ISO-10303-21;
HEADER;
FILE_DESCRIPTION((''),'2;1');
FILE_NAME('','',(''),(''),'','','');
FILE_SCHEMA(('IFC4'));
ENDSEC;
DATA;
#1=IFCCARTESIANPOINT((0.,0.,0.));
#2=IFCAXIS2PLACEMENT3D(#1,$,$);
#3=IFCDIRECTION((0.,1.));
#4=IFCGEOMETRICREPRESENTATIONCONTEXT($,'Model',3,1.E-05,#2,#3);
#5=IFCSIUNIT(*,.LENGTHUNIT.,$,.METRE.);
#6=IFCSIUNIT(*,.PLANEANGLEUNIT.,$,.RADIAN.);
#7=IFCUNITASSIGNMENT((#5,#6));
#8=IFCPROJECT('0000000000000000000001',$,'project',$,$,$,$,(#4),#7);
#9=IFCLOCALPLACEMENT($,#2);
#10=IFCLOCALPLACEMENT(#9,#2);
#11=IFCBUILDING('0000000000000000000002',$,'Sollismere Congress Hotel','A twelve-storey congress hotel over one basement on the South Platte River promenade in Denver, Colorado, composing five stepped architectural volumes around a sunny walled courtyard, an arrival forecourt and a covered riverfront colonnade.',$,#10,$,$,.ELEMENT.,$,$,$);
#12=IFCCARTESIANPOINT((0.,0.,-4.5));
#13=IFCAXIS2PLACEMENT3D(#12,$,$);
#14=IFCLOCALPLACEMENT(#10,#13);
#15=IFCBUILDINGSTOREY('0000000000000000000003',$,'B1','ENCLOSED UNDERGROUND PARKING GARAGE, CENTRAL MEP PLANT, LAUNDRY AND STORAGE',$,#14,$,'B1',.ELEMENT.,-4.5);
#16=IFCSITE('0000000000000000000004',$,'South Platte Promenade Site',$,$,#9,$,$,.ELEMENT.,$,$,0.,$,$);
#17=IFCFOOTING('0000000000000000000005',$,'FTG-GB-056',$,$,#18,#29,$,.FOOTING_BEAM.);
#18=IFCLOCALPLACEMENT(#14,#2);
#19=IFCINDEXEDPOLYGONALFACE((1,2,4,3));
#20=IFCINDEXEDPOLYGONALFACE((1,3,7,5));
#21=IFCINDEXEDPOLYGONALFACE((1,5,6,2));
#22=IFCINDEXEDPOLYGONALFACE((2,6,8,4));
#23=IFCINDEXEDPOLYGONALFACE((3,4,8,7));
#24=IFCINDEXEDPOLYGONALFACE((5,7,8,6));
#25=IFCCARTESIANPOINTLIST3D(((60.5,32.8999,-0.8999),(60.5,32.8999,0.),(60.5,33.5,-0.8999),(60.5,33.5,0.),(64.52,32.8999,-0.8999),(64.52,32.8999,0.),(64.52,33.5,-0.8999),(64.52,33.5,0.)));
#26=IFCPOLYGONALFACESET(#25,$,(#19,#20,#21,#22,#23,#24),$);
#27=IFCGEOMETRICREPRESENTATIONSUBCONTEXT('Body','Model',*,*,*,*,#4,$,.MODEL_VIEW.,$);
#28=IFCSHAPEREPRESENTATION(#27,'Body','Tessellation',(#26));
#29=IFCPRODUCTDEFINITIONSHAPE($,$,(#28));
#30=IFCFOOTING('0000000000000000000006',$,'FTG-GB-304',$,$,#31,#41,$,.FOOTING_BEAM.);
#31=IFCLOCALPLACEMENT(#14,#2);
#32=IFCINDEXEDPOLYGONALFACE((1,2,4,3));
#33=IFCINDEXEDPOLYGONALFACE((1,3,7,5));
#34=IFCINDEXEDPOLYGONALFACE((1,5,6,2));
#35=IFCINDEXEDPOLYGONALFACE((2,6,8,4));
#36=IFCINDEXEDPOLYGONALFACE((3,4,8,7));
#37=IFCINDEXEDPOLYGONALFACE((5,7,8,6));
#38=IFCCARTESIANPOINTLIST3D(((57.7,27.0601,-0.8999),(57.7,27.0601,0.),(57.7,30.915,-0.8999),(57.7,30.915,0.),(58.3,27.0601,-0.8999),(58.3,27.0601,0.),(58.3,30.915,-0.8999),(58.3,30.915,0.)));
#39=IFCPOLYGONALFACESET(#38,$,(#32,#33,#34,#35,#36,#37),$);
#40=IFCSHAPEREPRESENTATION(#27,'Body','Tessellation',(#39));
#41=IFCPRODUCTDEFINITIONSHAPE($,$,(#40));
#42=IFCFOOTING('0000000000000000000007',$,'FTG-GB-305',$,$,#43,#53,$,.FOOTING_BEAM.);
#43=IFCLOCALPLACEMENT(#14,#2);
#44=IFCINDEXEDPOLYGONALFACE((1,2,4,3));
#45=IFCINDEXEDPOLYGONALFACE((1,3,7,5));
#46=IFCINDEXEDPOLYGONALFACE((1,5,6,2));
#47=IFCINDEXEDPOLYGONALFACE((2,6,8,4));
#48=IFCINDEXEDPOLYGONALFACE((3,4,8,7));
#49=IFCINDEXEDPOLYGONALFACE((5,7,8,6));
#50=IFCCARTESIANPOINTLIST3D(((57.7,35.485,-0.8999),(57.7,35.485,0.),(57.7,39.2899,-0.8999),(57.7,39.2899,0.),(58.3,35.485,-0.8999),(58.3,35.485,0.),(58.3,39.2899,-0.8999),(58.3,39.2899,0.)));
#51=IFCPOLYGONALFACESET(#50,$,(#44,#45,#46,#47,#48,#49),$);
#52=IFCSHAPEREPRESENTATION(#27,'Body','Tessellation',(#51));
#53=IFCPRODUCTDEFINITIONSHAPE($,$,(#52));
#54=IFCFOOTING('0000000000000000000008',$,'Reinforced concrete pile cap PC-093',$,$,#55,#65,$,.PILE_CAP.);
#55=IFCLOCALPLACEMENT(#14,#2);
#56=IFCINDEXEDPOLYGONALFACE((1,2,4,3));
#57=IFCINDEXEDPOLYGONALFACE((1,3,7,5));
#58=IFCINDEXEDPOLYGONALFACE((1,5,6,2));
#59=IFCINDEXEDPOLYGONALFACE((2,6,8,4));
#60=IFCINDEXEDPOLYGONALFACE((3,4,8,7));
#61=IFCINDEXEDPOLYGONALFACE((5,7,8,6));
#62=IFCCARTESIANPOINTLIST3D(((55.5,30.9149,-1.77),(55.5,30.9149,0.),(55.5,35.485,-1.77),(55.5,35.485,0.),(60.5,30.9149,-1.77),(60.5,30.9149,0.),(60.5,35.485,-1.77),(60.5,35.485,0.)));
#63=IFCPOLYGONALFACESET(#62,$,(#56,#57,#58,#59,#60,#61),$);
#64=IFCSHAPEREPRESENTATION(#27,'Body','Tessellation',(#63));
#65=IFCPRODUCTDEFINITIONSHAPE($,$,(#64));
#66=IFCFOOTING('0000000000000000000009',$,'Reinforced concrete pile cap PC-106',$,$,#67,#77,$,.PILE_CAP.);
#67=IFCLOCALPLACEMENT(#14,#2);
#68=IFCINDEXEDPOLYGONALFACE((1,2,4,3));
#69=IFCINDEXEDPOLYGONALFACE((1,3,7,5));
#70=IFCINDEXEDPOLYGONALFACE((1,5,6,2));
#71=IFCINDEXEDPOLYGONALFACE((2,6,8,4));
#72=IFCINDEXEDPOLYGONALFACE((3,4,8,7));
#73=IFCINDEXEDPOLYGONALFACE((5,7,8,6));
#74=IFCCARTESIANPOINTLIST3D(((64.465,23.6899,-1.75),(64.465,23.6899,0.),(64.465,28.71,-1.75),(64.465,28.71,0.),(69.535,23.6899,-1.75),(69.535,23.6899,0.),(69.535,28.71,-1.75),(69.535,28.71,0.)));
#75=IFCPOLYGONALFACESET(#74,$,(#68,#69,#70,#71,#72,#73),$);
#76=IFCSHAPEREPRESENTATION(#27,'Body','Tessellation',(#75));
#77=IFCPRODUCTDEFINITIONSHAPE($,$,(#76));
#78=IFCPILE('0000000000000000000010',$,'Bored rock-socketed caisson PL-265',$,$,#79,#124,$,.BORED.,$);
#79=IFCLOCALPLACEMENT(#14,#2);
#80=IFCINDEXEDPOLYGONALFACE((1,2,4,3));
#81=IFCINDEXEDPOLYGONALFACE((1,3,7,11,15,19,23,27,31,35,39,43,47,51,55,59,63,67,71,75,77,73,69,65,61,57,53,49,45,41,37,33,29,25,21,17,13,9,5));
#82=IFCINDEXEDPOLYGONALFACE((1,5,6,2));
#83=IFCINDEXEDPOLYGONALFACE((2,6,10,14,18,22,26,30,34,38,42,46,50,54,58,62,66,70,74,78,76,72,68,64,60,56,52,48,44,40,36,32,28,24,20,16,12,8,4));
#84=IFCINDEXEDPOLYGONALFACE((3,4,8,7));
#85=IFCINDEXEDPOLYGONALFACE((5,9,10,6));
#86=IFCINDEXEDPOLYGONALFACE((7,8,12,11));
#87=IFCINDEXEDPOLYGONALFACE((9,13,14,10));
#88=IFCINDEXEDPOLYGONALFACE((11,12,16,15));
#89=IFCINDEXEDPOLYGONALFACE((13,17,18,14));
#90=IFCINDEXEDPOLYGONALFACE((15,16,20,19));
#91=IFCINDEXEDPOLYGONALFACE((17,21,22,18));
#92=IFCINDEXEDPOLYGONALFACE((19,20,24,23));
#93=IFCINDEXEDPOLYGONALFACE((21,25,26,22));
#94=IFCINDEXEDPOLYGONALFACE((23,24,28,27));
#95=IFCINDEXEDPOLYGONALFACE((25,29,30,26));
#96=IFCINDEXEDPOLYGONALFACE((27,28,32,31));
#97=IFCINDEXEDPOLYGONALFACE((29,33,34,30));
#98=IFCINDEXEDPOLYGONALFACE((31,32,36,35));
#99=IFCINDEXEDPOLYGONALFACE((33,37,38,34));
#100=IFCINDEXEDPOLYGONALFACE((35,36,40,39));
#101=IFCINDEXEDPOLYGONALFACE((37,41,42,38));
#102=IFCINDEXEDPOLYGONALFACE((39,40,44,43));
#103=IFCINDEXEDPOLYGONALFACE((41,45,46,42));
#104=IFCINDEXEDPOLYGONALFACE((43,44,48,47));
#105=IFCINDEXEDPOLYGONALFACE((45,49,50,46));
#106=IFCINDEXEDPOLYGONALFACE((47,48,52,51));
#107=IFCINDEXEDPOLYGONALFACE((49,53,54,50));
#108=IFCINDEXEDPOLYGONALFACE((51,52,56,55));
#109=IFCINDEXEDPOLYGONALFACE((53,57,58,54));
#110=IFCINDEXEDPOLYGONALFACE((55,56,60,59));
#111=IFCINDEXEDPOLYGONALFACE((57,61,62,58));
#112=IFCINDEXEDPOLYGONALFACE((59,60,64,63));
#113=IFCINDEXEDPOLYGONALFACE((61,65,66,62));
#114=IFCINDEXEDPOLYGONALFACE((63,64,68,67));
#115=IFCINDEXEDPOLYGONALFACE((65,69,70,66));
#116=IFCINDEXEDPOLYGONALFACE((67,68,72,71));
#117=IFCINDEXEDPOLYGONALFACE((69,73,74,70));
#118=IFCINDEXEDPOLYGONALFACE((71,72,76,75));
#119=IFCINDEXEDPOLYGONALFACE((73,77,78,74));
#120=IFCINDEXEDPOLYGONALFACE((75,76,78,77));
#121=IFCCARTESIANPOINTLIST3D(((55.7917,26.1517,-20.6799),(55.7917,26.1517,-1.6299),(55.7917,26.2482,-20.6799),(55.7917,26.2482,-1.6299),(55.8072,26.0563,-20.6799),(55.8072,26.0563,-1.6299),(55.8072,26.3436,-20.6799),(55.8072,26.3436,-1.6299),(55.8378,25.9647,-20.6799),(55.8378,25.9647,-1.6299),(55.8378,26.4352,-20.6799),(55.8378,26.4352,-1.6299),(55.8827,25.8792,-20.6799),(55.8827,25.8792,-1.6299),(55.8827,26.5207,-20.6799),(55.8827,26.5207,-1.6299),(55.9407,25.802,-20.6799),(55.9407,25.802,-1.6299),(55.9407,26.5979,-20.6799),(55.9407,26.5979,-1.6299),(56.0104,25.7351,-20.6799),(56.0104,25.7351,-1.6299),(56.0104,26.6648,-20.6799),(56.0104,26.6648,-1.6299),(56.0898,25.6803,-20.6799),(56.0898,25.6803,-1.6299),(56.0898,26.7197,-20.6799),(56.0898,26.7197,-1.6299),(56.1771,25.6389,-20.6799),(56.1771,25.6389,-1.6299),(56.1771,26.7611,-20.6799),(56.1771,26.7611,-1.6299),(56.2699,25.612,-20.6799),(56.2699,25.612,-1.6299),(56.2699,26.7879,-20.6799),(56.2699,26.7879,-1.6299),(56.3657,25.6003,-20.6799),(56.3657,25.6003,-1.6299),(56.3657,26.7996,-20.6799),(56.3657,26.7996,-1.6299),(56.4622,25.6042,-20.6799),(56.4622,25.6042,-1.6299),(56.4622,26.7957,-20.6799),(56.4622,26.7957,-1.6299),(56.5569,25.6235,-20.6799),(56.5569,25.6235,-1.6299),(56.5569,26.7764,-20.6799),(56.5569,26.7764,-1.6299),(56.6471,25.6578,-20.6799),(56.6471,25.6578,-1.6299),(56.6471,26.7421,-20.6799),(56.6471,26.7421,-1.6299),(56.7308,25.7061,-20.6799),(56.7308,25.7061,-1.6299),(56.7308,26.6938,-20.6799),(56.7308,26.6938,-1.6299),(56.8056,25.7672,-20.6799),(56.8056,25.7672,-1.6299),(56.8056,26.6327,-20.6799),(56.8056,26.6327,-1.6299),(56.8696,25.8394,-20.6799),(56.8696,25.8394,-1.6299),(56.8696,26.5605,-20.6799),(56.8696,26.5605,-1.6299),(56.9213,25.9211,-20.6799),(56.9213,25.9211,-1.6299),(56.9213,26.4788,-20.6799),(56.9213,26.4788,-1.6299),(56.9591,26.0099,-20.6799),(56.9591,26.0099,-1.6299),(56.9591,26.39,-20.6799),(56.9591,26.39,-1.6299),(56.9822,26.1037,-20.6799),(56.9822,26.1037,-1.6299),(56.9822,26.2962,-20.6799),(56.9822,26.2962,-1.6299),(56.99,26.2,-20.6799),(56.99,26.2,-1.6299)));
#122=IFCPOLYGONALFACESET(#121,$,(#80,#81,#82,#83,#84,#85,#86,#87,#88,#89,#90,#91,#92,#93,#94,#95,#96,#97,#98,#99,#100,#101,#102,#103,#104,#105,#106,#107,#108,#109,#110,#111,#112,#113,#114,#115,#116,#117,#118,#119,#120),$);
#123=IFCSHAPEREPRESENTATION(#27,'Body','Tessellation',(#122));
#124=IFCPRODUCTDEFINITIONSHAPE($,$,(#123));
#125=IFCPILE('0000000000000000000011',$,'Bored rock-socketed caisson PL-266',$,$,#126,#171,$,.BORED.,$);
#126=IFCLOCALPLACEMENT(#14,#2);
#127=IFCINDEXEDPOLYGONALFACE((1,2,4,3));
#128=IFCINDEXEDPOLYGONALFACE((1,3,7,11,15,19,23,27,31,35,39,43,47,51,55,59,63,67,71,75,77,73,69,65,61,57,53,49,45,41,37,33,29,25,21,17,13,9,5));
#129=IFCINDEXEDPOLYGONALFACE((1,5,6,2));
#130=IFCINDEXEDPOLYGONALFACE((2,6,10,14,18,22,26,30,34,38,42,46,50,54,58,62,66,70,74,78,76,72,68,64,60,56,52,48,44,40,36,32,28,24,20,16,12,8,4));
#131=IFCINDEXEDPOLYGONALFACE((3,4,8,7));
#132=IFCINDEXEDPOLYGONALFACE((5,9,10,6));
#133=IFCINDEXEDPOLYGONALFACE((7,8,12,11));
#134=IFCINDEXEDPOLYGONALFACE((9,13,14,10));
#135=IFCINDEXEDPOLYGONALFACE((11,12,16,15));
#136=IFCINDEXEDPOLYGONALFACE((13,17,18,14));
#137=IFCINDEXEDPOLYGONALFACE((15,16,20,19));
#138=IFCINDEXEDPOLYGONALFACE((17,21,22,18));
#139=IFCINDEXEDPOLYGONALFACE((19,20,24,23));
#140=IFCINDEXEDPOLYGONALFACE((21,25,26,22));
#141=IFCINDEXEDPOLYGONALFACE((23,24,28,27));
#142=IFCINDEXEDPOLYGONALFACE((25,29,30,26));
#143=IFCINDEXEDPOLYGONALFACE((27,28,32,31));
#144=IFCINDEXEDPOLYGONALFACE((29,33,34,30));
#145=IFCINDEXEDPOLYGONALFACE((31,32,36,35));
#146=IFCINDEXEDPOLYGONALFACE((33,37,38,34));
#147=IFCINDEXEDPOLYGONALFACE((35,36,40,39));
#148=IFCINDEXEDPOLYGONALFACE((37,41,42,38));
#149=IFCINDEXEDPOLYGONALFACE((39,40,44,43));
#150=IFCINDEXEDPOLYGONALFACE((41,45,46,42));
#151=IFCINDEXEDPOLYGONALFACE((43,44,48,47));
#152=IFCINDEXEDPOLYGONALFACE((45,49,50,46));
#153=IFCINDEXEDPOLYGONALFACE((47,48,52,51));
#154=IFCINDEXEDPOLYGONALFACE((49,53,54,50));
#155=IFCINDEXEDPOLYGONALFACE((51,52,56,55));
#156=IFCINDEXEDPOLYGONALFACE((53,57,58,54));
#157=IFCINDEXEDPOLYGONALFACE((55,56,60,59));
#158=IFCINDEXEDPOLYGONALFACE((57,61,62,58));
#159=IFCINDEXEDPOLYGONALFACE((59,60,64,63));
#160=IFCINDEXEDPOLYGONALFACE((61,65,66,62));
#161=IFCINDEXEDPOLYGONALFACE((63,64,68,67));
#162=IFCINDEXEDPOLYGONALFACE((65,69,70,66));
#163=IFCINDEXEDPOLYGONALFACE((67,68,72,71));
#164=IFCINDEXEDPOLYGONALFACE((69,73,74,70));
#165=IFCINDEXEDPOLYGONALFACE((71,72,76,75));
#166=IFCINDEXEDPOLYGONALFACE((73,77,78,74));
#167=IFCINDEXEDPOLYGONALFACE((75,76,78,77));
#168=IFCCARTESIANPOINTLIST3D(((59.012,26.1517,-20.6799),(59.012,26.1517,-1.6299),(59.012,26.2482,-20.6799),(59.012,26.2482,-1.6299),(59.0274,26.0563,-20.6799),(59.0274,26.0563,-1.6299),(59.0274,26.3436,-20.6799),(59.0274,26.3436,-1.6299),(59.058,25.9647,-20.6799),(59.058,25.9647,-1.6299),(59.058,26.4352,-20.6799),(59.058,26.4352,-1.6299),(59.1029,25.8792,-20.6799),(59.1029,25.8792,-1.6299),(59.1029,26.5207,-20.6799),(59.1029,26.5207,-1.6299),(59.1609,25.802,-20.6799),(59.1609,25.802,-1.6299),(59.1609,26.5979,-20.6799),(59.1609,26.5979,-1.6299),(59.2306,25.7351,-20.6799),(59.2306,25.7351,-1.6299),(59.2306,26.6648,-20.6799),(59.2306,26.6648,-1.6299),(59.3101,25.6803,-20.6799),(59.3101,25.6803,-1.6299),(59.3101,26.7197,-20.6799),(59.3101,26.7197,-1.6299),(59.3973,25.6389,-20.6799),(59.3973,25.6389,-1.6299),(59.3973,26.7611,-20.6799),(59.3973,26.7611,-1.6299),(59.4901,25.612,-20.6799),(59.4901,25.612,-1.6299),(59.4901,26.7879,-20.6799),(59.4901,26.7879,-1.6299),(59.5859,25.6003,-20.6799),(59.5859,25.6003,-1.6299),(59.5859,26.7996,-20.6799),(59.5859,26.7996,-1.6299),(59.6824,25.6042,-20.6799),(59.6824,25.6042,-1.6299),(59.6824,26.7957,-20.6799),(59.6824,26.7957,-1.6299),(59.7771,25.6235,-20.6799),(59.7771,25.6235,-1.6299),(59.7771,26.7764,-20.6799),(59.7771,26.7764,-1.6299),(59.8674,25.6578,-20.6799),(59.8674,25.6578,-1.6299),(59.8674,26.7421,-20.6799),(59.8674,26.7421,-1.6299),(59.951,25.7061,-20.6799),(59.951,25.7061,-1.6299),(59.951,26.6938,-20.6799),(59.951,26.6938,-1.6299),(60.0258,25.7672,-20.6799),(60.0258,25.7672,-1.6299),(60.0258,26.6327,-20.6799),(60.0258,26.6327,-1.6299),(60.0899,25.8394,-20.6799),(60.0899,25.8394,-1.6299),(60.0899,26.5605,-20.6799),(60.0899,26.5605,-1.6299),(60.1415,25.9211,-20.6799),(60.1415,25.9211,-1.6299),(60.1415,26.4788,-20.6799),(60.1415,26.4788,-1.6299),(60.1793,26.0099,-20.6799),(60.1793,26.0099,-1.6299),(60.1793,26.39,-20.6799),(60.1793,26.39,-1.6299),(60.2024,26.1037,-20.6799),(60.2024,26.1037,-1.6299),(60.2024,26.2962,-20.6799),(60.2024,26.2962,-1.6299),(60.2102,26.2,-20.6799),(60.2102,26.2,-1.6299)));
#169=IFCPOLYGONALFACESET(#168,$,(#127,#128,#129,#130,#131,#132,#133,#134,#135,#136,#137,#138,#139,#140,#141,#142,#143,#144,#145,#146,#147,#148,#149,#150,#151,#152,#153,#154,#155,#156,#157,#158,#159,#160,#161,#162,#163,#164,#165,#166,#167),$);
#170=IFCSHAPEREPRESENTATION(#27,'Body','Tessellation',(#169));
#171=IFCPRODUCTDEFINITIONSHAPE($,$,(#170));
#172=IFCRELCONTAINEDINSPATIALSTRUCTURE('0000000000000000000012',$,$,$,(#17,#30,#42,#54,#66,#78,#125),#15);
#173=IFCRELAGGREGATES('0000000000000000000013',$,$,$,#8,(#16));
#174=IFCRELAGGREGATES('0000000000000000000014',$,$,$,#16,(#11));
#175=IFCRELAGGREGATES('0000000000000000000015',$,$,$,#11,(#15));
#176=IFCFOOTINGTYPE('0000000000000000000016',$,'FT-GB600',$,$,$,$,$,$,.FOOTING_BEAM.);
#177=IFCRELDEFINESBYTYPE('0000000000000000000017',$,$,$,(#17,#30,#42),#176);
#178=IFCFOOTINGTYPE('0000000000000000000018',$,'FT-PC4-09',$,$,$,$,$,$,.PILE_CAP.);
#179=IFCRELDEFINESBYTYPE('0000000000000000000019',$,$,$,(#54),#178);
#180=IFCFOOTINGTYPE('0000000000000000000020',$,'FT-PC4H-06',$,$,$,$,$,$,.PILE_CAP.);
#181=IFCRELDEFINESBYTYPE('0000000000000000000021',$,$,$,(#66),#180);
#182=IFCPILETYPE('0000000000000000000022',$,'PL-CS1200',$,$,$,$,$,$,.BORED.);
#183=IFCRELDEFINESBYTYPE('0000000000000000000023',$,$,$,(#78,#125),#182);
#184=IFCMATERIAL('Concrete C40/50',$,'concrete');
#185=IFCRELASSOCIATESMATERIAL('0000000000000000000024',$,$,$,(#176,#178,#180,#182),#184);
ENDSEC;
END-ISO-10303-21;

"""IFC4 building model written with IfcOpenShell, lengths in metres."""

from ifc_helpers import new_model, si_unit, direction, frame, origin, origin_2d, place, context, subcontext, project, spatial, rectangle, circle, extrude, material, material_profile, profile_set, type_object, element, save


model = new_model("IFC4")

# Units and contexts
model_context = context("Model", 3, precision=1e-05, world=origin(), true_north=direction((0.0, 1.0)))
body_context = subcontext(model_context, "Body", "Model", "MODEL_VIEW")
ifc_project = project(units=[si_unit("LENGTHUNIT", "METRE"), si_unit("PLANEANGLEUNIT", "RADIAN")], contexts=[model_context])

# Site, building, storey
site_placement = place(None, origin())
site = spatial("IfcSite", under=ifc_project, at=site_placement, Name="South Platte Promenade Site", CompositionType="ELEMENT", RefElevation=0.0)
building_placement = place(site_placement, origin())
building = spatial("IfcBuilding", under=site, at=building_placement, Name="Sollismere Congress Hotel", Description="A twelve-storey congress hotel over one basement on the South Platte River promenade in Denver, Colorado, composing five stepped architectural volumes around a sunny walled courtyard, an arrival forecourt and a covered riverfront colonnade.", CompositionType="ELEMENT")
storey_placement = place(building_placement, frame((0.0, 0.0, -4.5)))
storey = spatial("IfcBuildingStorey", under=building, at=storey_placement, Name="B1", Description="ENCLOSED UNDERGROUND PARKING GARAGE, CENTRAL MEP PLANT, LAUNDRY AND STORAGE", LongName="B1", CompositionType="ELEMENT", Elevation=-4.5)

# Footings
ifc_material_1 = material(Name="Concrete C40/50", Category="concrete")
footing_type_1 = type_object("IfcFootingType", Name="FT-GB600", PredefinedType="FOOTING_BEAM", material=ifc_material_1)
footing_1_placement = place(storey_placement, frame((62.51, 33.2, -0.8999), z_axis=(0.0, 0.0, 1.0), x_axis=(1.0, 0.0, 0.0)))
element("IfcFooting", 1, at=footing_1_placement, inside=storey, type_object=footing_type_1, Name="FTG-GB-056", PredefinedType="FOOTING_BEAM", context=body_context, shape_type="SweptSolid", body=[
    extrude(rectangle(XDim=4.02, YDim=0.6001, at=origin_2d()), origin(), (0.0, 0.0, 1.0), 0.8999),
])
footing_2_placement = place(storey_placement, frame((58.0, 28.9875, -0.8999), z_axis=(0.0, 0.0, 1.0), x_axis=(0.0, 1.0, 0.0)))
element("IfcFooting", 2, at=footing_2_placement, inside=storey, type_object=footing_type_1, Name="FTG-GB-304", PredefinedType="FOOTING_BEAM", context=body_context, shape_type="SweptSolid", body=[
    extrude(rectangle(XDim=3.855, YDim=0.6001, at=origin_2d()), origin(), (0.0, 0.0, 1.0), 0.8999),
])
footing_3_placement = place(storey_placement, frame((58.0, 37.3875, -0.8999), z_axis=(0.0, 0.0, 1.0), x_axis=(0.0, 1.0, 0.0)))
element("IfcFooting", 3, at=footing_3_placement, inside=storey, type_object=footing_type_1, Name="FTG-GB-305", PredefinedType="FOOTING_BEAM", context=body_context, shape_type="SweptSolid", body=[
    extrude(rectangle(XDim=3.8049, YDim=0.6001, at=origin_2d()), origin(), (0.0, 0.0, 1.0), 0.8999),
])
footing_type_2 = type_object("IfcFootingType", Name="FT-PC4-09", PredefinedType="PILE_CAP", material=ifc_material_1)
footing_4_placement = place(storey_placement, frame((58.0, 33.2, -1.77), z_axis=(0.0, 0.0, 1.0), x_axis=(1.0, 0.0, 0.0)))
element("IfcFooting", 4, at=footing_4_placement, inside=storey, type_object=footing_type_2, Name="Reinforced concrete pile cap PC-093", PredefinedType="PILE_CAP", context=body_context, shape_type="SweptSolid", body=[
    extrude(rectangle(XDim=5.0, YDim=4.5701, at=origin_2d()), origin(), (0.0, 0.0, 1.0), 1.77),
])
footing_type_3 = type_object("IfcFootingType", Name="FT-PC4H-06", PredefinedType="PILE_CAP", material=ifc_material_1)
footing_5_placement = place(storey_placement, frame((67.0, 26.2, -1.75), z_axis=(0.0, 0.0, 1.0), x_axis=(1.0, 0.0, 0.0)))
element("IfcFooting", 5, at=footing_5_placement, inside=storey, type_object=footing_type_3, Name="Reinforced concrete pile cap PC-106", PredefinedType="PILE_CAP", context=body_context, shape_type="SweptSolid", body=[
    extrude(rectangle(XDim=5.0701, YDim=5.02, at=origin_2d()), origin(), (0.0, 0.0, 1.0), 1.75),
])

# Piles
ifc_material_profile_1 = material_profile(ifc_material_1, circle(Radius=0.6001, at=origin_2d()), Name="CAISSON1200")
ifc_profile_set_1 = profile_set([ifc_material_profile_1], Name="Concrete C40/50")
pile_type = type_object("IfcPileType", Name="PL-CS1200", PredefinedType="BORED", material=ifc_profile_set_1)
for number, where, z_axis, x_axis, name in (
    (6, (56.3899, 26.2, -1.6299), (0.0, 0.0, -1.0), (1.0, 0.0, 0.0), "Bored rock-socketed caisson PL-265"),
    (7, (59.6101, 26.2, -1.6299), (0.0, 0.0, -1.0), (1.0, 0.0, 0.0), "Bored rock-socketed caisson PL-266"),
):
    element("IfcPile", number, at=place(storey_placement, frame(where, z_axis=z_axis, x_axis=x_axis)), inside=storey, type_object=pile_type, Name=name, PredefinedType="BORED", context=body_context, shape_type="SweptSolid", body=[
        extrude(circle(Radius=0.6001, at=origin_2d()), origin(), (0.0, 0.0, 1.0), 19.05),
    ])

save(model, "model.ifc")
